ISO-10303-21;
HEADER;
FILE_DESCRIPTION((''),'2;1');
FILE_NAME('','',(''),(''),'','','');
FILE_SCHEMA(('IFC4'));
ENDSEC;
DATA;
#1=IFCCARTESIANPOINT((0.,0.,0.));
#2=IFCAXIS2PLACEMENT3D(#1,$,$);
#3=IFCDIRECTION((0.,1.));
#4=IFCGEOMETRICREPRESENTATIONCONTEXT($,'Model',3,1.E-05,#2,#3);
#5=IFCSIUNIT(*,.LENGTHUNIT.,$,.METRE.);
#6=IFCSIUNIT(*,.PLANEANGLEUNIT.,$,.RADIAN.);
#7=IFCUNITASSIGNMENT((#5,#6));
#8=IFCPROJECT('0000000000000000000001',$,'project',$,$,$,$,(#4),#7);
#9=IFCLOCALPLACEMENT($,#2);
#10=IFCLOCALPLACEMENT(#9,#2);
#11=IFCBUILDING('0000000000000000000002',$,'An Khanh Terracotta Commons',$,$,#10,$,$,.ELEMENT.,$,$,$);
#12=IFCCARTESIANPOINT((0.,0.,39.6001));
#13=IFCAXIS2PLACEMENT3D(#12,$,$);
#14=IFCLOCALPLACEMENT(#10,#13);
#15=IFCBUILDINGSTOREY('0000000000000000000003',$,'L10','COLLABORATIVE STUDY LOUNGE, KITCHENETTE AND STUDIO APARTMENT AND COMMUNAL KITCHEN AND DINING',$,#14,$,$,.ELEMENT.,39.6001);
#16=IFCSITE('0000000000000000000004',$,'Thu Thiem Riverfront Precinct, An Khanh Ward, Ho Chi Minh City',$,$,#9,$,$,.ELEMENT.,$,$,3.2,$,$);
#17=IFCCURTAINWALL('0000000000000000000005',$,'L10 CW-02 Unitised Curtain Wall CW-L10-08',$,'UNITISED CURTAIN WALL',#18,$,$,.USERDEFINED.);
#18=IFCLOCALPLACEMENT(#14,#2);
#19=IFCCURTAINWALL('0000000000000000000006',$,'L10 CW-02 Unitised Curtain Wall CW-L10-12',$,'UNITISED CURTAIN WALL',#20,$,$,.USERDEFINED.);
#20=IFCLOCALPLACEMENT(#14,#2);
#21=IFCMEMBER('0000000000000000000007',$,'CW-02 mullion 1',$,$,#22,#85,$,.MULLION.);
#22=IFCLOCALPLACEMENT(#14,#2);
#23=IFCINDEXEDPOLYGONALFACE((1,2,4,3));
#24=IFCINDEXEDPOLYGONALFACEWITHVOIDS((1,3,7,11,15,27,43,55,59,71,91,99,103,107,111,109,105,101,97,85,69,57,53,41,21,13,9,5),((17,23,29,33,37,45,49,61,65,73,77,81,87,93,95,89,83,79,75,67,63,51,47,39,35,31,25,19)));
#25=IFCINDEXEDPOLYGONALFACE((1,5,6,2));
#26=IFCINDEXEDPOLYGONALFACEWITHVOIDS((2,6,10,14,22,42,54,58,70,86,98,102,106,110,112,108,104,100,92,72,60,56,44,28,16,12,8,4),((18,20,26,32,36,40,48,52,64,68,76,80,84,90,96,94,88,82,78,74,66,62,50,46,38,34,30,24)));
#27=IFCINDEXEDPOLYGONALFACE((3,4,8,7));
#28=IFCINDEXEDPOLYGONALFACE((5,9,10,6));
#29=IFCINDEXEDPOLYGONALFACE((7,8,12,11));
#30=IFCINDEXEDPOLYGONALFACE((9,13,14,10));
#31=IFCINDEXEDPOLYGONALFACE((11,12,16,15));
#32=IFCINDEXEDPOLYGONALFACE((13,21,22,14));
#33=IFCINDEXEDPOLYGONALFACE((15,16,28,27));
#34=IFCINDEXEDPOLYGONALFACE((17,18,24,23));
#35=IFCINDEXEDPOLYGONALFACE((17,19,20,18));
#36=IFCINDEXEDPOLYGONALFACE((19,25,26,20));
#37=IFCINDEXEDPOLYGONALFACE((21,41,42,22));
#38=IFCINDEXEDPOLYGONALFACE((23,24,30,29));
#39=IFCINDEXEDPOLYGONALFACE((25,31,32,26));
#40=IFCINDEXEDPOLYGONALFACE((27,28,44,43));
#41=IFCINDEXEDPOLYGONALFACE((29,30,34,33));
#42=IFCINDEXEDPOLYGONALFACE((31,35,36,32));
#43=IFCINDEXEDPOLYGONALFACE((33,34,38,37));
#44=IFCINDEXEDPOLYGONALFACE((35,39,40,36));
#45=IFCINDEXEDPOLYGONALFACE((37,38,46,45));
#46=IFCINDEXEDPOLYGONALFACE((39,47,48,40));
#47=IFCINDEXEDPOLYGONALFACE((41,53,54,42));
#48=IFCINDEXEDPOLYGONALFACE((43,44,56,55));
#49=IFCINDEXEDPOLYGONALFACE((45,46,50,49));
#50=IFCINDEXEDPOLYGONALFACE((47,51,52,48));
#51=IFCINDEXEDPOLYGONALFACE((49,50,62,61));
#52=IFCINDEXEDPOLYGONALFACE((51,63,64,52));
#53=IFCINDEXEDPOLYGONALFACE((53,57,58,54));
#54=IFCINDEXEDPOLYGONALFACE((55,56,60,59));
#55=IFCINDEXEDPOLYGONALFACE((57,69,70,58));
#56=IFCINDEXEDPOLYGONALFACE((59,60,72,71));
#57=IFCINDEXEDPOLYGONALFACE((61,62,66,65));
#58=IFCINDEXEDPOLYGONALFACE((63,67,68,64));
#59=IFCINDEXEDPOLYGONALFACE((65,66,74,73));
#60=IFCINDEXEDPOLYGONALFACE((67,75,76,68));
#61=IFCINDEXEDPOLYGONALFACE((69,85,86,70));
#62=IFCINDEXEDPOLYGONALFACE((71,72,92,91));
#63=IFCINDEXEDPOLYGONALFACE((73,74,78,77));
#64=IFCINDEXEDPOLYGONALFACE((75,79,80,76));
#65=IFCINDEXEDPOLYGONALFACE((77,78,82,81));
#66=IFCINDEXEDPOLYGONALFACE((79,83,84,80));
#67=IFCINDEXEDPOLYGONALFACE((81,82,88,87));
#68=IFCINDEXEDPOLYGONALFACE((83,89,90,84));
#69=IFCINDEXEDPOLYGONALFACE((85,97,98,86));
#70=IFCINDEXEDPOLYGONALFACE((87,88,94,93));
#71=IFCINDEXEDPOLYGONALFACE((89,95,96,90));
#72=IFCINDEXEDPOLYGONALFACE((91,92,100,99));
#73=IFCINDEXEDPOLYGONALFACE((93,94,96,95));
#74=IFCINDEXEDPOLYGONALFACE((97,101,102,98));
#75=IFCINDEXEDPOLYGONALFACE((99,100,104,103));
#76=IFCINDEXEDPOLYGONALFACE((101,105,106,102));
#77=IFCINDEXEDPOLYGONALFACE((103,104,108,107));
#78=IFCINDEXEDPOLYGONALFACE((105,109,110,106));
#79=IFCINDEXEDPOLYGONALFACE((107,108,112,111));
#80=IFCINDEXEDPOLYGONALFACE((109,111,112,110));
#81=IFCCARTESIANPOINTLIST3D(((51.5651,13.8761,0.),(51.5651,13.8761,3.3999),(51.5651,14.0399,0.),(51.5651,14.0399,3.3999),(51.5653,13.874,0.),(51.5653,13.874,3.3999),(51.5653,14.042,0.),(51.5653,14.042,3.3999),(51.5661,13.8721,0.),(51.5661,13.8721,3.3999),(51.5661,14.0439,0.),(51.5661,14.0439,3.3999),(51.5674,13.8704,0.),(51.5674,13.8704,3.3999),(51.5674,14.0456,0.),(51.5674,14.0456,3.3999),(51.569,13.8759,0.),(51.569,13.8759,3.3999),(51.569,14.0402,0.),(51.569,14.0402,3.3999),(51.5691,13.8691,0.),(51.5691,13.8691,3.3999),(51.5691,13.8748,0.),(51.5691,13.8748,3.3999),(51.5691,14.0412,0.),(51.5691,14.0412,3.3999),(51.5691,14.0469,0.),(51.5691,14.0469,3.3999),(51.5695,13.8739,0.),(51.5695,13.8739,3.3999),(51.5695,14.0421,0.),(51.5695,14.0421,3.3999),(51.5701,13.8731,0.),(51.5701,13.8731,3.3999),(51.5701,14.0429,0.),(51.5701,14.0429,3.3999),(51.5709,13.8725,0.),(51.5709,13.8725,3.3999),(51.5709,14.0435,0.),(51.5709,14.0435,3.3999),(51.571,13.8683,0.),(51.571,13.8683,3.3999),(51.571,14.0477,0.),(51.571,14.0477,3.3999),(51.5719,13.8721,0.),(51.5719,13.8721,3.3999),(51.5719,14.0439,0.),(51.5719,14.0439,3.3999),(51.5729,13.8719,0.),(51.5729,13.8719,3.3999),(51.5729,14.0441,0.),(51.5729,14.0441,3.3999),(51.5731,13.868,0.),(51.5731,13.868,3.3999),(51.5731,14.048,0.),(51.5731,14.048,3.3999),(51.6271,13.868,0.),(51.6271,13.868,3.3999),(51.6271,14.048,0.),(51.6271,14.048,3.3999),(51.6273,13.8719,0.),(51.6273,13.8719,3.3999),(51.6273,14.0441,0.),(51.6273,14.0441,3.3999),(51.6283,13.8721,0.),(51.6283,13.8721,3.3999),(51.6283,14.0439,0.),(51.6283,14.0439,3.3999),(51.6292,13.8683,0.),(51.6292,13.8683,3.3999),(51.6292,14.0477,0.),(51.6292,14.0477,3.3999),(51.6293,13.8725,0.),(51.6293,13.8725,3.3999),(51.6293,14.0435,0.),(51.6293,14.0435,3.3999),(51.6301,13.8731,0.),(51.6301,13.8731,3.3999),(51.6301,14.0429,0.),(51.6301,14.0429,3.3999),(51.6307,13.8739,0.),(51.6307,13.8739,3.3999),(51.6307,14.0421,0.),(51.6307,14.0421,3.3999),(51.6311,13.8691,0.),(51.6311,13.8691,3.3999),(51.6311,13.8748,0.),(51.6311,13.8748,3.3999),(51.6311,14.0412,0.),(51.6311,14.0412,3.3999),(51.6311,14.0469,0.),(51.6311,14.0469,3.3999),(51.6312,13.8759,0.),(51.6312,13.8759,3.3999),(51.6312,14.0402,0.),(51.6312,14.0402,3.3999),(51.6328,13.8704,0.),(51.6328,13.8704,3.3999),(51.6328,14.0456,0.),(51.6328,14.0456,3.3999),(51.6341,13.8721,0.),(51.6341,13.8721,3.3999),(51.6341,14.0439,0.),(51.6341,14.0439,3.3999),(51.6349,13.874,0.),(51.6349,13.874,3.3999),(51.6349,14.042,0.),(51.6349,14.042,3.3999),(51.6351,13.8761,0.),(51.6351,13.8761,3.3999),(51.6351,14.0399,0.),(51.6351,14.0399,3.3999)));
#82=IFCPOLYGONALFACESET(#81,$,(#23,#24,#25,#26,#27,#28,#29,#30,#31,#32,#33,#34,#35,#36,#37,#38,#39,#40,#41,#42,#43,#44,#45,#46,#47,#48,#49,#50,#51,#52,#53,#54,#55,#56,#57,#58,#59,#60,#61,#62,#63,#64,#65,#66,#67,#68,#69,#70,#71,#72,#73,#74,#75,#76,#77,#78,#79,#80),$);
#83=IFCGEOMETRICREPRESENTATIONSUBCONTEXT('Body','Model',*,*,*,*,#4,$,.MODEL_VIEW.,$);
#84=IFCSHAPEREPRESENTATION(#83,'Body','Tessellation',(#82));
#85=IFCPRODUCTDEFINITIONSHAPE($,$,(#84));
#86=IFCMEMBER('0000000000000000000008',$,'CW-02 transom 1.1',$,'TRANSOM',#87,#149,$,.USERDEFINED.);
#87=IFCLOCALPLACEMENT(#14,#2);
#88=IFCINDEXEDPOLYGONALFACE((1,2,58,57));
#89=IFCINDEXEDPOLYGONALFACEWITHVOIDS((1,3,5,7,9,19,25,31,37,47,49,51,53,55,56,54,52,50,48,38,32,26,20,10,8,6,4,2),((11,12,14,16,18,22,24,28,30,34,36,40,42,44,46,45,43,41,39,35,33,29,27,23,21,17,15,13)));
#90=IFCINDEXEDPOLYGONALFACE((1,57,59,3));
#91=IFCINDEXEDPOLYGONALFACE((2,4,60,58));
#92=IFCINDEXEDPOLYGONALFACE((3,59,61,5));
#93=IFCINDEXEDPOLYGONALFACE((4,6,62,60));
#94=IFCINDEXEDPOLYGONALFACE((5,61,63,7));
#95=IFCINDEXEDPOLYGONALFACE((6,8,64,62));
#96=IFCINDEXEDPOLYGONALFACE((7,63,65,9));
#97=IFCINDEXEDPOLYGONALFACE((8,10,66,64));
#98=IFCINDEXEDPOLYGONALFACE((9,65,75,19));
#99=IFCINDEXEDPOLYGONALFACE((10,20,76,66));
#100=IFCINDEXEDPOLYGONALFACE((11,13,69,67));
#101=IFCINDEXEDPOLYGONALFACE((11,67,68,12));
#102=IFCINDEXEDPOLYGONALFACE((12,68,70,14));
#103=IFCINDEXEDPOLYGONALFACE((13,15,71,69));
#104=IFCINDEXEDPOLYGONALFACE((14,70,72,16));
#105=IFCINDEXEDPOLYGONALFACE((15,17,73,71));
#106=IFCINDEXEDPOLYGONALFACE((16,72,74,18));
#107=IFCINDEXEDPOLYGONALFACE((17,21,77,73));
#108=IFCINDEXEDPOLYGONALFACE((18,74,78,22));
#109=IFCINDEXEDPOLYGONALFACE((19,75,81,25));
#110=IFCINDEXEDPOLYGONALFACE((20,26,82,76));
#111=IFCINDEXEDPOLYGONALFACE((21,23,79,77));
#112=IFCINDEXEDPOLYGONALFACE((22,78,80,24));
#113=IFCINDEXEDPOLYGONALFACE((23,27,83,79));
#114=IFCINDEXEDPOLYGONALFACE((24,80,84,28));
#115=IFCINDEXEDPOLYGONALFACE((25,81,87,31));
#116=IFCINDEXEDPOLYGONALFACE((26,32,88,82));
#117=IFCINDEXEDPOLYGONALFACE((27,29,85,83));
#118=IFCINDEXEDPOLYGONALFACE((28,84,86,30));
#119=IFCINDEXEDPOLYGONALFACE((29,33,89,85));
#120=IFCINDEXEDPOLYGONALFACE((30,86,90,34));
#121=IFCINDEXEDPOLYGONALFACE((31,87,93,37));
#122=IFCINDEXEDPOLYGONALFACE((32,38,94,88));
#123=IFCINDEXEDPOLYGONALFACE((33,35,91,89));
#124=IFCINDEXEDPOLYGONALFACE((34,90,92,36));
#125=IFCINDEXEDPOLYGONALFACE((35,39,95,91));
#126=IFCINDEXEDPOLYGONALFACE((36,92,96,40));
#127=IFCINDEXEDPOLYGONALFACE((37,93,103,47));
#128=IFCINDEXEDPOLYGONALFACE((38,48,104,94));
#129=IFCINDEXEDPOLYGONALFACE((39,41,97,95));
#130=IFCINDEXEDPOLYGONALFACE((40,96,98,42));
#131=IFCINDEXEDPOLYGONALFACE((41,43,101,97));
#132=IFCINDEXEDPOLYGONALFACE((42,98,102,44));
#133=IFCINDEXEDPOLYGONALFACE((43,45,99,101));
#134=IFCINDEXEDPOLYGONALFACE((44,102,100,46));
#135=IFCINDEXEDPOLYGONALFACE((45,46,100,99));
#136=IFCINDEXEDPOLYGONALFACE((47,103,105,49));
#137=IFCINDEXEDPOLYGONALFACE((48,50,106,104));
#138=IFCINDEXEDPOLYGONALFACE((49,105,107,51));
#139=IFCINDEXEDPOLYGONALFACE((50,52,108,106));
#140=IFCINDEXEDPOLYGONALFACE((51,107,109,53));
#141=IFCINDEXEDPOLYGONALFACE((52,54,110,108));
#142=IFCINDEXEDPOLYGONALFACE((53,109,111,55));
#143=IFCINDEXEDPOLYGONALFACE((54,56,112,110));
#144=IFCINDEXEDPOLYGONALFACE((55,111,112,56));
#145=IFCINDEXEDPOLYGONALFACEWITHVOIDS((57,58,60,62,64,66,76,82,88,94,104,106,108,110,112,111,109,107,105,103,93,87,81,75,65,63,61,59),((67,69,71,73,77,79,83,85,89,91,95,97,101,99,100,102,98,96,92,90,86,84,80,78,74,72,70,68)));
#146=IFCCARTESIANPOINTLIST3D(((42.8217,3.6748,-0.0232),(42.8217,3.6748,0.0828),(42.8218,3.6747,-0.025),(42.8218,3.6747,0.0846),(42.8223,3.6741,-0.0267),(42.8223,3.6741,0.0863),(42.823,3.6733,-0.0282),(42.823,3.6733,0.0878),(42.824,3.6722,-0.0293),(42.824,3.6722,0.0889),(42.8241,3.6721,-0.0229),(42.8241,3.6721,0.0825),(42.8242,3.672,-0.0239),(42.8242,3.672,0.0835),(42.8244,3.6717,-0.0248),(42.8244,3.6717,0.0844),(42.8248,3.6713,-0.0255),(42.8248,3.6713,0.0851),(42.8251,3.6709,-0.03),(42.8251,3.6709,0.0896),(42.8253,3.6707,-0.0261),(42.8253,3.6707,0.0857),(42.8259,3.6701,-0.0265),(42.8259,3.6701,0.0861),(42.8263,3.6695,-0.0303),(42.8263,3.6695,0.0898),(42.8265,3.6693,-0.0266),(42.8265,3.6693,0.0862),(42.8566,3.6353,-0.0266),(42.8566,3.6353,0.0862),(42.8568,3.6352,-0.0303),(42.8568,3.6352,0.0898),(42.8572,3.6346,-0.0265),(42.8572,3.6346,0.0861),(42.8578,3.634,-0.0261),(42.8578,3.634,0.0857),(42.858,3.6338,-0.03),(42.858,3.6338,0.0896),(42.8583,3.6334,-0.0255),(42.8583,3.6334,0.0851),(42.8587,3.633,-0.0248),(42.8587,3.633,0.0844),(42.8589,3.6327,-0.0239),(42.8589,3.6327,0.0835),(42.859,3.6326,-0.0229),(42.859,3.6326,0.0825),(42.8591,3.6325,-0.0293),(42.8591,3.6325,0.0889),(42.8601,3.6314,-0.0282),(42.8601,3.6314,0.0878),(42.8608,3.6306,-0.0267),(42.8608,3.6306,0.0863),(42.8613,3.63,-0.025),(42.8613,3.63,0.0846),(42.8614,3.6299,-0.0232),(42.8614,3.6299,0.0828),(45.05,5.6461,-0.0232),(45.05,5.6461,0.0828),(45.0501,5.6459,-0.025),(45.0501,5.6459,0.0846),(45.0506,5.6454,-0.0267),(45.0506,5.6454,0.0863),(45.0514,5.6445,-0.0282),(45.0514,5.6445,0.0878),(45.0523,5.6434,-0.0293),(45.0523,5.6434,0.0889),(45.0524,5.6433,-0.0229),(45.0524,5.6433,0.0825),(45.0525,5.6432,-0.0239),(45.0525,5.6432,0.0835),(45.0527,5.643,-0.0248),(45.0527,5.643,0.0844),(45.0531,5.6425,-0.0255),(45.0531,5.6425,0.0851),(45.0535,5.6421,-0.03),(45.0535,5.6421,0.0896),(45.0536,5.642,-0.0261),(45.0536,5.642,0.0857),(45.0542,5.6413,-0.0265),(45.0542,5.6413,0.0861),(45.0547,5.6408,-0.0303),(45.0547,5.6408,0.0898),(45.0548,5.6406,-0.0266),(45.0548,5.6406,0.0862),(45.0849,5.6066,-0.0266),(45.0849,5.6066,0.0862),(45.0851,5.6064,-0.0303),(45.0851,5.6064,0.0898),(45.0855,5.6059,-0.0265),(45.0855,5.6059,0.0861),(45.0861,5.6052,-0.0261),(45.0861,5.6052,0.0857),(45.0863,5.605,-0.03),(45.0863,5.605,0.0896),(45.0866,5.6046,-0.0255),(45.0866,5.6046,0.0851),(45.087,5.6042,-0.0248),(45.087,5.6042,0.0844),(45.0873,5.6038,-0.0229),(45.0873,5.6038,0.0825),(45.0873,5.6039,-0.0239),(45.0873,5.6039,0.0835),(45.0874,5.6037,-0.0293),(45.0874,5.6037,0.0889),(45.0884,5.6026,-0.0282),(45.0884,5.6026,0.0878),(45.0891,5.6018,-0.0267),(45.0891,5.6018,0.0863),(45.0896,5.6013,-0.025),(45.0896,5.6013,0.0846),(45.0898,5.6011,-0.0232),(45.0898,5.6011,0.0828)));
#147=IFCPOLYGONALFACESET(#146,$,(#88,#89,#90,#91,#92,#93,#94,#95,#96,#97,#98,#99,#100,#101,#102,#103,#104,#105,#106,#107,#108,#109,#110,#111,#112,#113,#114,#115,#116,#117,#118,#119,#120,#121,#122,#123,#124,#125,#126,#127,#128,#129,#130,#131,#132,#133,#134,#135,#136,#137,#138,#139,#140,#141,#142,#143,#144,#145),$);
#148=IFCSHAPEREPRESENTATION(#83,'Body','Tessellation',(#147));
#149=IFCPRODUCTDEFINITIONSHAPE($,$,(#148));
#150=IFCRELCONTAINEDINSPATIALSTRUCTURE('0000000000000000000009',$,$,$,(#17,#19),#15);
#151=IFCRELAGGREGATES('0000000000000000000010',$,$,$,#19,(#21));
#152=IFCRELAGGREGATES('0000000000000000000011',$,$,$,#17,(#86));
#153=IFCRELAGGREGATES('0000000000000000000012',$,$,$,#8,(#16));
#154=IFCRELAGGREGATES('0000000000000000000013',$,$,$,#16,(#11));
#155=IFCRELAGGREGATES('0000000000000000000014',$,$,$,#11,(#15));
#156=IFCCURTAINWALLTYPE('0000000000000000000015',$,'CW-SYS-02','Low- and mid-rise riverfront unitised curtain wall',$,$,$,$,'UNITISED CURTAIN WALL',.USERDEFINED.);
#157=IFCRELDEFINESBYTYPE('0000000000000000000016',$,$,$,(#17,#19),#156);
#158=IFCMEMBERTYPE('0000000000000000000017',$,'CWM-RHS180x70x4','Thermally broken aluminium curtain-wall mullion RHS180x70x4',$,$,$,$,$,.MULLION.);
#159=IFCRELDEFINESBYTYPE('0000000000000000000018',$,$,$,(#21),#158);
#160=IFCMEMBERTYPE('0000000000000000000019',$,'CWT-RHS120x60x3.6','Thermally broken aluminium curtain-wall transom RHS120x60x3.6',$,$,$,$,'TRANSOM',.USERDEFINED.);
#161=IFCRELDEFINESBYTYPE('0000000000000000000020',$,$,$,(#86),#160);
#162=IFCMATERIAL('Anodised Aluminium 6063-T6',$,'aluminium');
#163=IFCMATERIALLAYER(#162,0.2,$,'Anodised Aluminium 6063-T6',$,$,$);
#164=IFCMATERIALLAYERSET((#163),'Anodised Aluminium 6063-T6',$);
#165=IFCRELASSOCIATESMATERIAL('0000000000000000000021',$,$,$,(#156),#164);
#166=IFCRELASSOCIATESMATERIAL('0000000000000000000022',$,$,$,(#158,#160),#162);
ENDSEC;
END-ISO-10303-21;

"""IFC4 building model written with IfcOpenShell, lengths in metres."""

from ifc_helpers import new_model, si_unit, direction, frame, origin, origin_2d, place, context, subcontext, project, spatial, hollow_rectangle, extrude, material, layer, layer_set, material_profile, profile_set, type_object, element, aggregate, save


model = new_model("IFC4")

# Units and contexts
model_context = context("Model", 3, precision=1e-05, world=origin(), true_north=direction((0.0, 1.0)))
body_context = subcontext(model_context, "Body", "Model", "MODEL_VIEW")
ifc_project = project(units=[si_unit("LENGTHUNIT", "METRE"), si_unit("PLANEANGLEUNIT", "RADIAN")], contexts=[model_context])

# Site, building, storey
site_placement = place(None, origin())
site = spatial("IfcSite", under=ifc_project, at=site_placement, Name="Thu Thiem Riverfront Precinct, An Khanh Ward, Ho Chi Minh City", CompositionType="ELEMENT", RefElevation=3.2)
building_placement = place(site_placement, origin())
building = spatial("IfcBuilding", under=site, at=building_placement, Name="An Khanh Terracotta Commons", CompositionType="ELEMENT")
storey_placement = place(building_placement, frame((0.0, 0.0, 39.6001)))
storey = spatial("IfcBuildingStorey", under=building, at=storey_placement, Name="L10", Description="COLLABORATIVE STUDY LOUNGE, KITCHENETTE AND STUDIO APARTMENT AND COMMUNAL KITCHEN AND DINING", CompositionType="ELEMENT", Elevation=39.6001)

# Curtain wall
ifc_material_1 = material(Name="Anodised Aluminium 6063-T6", Category="aluminium")
ifc_layer_1 = layer(ifc_material_1, 0.2, Name="Anodised Aluminium 6063-T6")
ifc_layer_set_1 = layer_set([ifc_layer_1], Name="Anodised Aluminium 6063-T6")
curtain_wall_type = type_object("IfcCurtainWallType", Name="CW-SYS-02", Description="Low- and mid-rise riverfront unitised curtain wall", ElementType="UNITISED CURTAIN WALL", PredefinedType="USERDEFINED", material=ifc_layer_set_1)
curtain_wall_1_placement = place(storey_placement, origin())
curtain_wall_1 = element("IfcCurtainWall", 1, at=curtain_wall_1_placement, inside=storey, type_object=curtain_wall_type, Name="L10 CW-02 Unitised Curtain Wall CW-L10-08", ObjectType="UNITISED CURTAIN WALL", PredefinedType="USERDEFINED")
ifc_material_profile_1 = material_profile(ifc_material_1, hollow_rectangle(XDim=0.0701, YDim=0.1799, WallThickness=0.0039, InnerFilletRadius=0.0039, OuterFilletRadius=0.0081, at=origin_2d()), Name="RHS180x70x4")
ifc_profile_set_1 = profile_set([ifc_material_profile_1], Name="Anodised Aluminium 6063-T6")
member_type_1 = type_object("IfcMemberType", Name="CWM-RHS180x70x4", Description="Thermally broken aluminium curtain-wall mullion RHS180x70x4", PredefinedType="MULLION", material=ifc_profile_set_1)

# Curtain wall, member
curtain_wall_2_placement = place(storey_placement, origin())
curtain_wall_2 = element("IfcCurtainWall", 2, at=curtain_wall_2_placement, inside=storey, type_object=curtain_wall_type, Name="L10 CW-02 Unitised Curtain Wall CW-L10-12", ObjectType="UNITISED CURTAIN WALL", PredefinedType="USERDEFINED")
member_1_placement = place(storey_placement, frame((51.6001, 13.958, 0.0), z_axis=(0.0, 0.0, 1.0), x_axis=(-1.0, 0.0, 0.0)))
member_1 = element("IfcMember", 3, at=member_1_placement, type_object=member_type_1, Name="CW-02 mullion 1", PredefinedType="MULLION", context=body_context, shape_type="SweptSolid", body=[
    extrude(hollow_rectangle(XDim=0.0701, YDim=0.1799, WallThickness=0.0039, InnerFilletRadius=0.0039, OuterFilletRadius=0.0081, at=origin_2d()), origin(), (0.0, 0.0, 1.0), 3.3999),
])

# Member
ifc_material_profile_2 = material_profile(ifc_material_1, hollow_rectangle(XDim=0.0601, YDim=0.1201, WallThickness=0.0037, InnerFilletRadius=0.0037, OuterFilletRadius=0.0071, at=origin_2d()), Name="RHS120x60x3.6")
ifc_profile_set_2 = profile_set([ifc_material_profile_2], Name="Anodised Aluminium 6063-T6")
member_type_2 = type_object("IfcMemberType", Name="CWT-RHS120x60x3.6", Description="Thermally broken aluminium curtain-wall transom RHS120x60x3.6", ElementType="TRANSOM", PredefinedType="USERDEFINED", material=ifc_profile_set_2)
member_2_placement = place(storey_placement, frame((42.8416, 3.6523, 0.0298), z_axis=(0.748992, 0.662579, 0.0), x_axis=(-0.662579, 0.748992, 0.0)))
member_2 = element("IfcMember", 4, at=member_2_placement, type_object=member_type_2, Name="CW-02 transom 1.1", ObjectType="TRANSOM", PredefinedType="USERDEFINED", context=body_context, shape_type="SweptSolid", body=[
    extrude(hollow_rectangle(XDim=0.0601, YDim=0.1201, WallThickness=0.0037, InnerFilletRadius=0.0037, OuterFilletRadius=0.0071, at=origin_2d()), origin(), (0.0, 0.0, 1.0), 2.9751),
])
aggregate(curtain_wall_2, [member_1])

aggregate(curtain_wall_1, [member_2])

save(model, "model.ifc")
